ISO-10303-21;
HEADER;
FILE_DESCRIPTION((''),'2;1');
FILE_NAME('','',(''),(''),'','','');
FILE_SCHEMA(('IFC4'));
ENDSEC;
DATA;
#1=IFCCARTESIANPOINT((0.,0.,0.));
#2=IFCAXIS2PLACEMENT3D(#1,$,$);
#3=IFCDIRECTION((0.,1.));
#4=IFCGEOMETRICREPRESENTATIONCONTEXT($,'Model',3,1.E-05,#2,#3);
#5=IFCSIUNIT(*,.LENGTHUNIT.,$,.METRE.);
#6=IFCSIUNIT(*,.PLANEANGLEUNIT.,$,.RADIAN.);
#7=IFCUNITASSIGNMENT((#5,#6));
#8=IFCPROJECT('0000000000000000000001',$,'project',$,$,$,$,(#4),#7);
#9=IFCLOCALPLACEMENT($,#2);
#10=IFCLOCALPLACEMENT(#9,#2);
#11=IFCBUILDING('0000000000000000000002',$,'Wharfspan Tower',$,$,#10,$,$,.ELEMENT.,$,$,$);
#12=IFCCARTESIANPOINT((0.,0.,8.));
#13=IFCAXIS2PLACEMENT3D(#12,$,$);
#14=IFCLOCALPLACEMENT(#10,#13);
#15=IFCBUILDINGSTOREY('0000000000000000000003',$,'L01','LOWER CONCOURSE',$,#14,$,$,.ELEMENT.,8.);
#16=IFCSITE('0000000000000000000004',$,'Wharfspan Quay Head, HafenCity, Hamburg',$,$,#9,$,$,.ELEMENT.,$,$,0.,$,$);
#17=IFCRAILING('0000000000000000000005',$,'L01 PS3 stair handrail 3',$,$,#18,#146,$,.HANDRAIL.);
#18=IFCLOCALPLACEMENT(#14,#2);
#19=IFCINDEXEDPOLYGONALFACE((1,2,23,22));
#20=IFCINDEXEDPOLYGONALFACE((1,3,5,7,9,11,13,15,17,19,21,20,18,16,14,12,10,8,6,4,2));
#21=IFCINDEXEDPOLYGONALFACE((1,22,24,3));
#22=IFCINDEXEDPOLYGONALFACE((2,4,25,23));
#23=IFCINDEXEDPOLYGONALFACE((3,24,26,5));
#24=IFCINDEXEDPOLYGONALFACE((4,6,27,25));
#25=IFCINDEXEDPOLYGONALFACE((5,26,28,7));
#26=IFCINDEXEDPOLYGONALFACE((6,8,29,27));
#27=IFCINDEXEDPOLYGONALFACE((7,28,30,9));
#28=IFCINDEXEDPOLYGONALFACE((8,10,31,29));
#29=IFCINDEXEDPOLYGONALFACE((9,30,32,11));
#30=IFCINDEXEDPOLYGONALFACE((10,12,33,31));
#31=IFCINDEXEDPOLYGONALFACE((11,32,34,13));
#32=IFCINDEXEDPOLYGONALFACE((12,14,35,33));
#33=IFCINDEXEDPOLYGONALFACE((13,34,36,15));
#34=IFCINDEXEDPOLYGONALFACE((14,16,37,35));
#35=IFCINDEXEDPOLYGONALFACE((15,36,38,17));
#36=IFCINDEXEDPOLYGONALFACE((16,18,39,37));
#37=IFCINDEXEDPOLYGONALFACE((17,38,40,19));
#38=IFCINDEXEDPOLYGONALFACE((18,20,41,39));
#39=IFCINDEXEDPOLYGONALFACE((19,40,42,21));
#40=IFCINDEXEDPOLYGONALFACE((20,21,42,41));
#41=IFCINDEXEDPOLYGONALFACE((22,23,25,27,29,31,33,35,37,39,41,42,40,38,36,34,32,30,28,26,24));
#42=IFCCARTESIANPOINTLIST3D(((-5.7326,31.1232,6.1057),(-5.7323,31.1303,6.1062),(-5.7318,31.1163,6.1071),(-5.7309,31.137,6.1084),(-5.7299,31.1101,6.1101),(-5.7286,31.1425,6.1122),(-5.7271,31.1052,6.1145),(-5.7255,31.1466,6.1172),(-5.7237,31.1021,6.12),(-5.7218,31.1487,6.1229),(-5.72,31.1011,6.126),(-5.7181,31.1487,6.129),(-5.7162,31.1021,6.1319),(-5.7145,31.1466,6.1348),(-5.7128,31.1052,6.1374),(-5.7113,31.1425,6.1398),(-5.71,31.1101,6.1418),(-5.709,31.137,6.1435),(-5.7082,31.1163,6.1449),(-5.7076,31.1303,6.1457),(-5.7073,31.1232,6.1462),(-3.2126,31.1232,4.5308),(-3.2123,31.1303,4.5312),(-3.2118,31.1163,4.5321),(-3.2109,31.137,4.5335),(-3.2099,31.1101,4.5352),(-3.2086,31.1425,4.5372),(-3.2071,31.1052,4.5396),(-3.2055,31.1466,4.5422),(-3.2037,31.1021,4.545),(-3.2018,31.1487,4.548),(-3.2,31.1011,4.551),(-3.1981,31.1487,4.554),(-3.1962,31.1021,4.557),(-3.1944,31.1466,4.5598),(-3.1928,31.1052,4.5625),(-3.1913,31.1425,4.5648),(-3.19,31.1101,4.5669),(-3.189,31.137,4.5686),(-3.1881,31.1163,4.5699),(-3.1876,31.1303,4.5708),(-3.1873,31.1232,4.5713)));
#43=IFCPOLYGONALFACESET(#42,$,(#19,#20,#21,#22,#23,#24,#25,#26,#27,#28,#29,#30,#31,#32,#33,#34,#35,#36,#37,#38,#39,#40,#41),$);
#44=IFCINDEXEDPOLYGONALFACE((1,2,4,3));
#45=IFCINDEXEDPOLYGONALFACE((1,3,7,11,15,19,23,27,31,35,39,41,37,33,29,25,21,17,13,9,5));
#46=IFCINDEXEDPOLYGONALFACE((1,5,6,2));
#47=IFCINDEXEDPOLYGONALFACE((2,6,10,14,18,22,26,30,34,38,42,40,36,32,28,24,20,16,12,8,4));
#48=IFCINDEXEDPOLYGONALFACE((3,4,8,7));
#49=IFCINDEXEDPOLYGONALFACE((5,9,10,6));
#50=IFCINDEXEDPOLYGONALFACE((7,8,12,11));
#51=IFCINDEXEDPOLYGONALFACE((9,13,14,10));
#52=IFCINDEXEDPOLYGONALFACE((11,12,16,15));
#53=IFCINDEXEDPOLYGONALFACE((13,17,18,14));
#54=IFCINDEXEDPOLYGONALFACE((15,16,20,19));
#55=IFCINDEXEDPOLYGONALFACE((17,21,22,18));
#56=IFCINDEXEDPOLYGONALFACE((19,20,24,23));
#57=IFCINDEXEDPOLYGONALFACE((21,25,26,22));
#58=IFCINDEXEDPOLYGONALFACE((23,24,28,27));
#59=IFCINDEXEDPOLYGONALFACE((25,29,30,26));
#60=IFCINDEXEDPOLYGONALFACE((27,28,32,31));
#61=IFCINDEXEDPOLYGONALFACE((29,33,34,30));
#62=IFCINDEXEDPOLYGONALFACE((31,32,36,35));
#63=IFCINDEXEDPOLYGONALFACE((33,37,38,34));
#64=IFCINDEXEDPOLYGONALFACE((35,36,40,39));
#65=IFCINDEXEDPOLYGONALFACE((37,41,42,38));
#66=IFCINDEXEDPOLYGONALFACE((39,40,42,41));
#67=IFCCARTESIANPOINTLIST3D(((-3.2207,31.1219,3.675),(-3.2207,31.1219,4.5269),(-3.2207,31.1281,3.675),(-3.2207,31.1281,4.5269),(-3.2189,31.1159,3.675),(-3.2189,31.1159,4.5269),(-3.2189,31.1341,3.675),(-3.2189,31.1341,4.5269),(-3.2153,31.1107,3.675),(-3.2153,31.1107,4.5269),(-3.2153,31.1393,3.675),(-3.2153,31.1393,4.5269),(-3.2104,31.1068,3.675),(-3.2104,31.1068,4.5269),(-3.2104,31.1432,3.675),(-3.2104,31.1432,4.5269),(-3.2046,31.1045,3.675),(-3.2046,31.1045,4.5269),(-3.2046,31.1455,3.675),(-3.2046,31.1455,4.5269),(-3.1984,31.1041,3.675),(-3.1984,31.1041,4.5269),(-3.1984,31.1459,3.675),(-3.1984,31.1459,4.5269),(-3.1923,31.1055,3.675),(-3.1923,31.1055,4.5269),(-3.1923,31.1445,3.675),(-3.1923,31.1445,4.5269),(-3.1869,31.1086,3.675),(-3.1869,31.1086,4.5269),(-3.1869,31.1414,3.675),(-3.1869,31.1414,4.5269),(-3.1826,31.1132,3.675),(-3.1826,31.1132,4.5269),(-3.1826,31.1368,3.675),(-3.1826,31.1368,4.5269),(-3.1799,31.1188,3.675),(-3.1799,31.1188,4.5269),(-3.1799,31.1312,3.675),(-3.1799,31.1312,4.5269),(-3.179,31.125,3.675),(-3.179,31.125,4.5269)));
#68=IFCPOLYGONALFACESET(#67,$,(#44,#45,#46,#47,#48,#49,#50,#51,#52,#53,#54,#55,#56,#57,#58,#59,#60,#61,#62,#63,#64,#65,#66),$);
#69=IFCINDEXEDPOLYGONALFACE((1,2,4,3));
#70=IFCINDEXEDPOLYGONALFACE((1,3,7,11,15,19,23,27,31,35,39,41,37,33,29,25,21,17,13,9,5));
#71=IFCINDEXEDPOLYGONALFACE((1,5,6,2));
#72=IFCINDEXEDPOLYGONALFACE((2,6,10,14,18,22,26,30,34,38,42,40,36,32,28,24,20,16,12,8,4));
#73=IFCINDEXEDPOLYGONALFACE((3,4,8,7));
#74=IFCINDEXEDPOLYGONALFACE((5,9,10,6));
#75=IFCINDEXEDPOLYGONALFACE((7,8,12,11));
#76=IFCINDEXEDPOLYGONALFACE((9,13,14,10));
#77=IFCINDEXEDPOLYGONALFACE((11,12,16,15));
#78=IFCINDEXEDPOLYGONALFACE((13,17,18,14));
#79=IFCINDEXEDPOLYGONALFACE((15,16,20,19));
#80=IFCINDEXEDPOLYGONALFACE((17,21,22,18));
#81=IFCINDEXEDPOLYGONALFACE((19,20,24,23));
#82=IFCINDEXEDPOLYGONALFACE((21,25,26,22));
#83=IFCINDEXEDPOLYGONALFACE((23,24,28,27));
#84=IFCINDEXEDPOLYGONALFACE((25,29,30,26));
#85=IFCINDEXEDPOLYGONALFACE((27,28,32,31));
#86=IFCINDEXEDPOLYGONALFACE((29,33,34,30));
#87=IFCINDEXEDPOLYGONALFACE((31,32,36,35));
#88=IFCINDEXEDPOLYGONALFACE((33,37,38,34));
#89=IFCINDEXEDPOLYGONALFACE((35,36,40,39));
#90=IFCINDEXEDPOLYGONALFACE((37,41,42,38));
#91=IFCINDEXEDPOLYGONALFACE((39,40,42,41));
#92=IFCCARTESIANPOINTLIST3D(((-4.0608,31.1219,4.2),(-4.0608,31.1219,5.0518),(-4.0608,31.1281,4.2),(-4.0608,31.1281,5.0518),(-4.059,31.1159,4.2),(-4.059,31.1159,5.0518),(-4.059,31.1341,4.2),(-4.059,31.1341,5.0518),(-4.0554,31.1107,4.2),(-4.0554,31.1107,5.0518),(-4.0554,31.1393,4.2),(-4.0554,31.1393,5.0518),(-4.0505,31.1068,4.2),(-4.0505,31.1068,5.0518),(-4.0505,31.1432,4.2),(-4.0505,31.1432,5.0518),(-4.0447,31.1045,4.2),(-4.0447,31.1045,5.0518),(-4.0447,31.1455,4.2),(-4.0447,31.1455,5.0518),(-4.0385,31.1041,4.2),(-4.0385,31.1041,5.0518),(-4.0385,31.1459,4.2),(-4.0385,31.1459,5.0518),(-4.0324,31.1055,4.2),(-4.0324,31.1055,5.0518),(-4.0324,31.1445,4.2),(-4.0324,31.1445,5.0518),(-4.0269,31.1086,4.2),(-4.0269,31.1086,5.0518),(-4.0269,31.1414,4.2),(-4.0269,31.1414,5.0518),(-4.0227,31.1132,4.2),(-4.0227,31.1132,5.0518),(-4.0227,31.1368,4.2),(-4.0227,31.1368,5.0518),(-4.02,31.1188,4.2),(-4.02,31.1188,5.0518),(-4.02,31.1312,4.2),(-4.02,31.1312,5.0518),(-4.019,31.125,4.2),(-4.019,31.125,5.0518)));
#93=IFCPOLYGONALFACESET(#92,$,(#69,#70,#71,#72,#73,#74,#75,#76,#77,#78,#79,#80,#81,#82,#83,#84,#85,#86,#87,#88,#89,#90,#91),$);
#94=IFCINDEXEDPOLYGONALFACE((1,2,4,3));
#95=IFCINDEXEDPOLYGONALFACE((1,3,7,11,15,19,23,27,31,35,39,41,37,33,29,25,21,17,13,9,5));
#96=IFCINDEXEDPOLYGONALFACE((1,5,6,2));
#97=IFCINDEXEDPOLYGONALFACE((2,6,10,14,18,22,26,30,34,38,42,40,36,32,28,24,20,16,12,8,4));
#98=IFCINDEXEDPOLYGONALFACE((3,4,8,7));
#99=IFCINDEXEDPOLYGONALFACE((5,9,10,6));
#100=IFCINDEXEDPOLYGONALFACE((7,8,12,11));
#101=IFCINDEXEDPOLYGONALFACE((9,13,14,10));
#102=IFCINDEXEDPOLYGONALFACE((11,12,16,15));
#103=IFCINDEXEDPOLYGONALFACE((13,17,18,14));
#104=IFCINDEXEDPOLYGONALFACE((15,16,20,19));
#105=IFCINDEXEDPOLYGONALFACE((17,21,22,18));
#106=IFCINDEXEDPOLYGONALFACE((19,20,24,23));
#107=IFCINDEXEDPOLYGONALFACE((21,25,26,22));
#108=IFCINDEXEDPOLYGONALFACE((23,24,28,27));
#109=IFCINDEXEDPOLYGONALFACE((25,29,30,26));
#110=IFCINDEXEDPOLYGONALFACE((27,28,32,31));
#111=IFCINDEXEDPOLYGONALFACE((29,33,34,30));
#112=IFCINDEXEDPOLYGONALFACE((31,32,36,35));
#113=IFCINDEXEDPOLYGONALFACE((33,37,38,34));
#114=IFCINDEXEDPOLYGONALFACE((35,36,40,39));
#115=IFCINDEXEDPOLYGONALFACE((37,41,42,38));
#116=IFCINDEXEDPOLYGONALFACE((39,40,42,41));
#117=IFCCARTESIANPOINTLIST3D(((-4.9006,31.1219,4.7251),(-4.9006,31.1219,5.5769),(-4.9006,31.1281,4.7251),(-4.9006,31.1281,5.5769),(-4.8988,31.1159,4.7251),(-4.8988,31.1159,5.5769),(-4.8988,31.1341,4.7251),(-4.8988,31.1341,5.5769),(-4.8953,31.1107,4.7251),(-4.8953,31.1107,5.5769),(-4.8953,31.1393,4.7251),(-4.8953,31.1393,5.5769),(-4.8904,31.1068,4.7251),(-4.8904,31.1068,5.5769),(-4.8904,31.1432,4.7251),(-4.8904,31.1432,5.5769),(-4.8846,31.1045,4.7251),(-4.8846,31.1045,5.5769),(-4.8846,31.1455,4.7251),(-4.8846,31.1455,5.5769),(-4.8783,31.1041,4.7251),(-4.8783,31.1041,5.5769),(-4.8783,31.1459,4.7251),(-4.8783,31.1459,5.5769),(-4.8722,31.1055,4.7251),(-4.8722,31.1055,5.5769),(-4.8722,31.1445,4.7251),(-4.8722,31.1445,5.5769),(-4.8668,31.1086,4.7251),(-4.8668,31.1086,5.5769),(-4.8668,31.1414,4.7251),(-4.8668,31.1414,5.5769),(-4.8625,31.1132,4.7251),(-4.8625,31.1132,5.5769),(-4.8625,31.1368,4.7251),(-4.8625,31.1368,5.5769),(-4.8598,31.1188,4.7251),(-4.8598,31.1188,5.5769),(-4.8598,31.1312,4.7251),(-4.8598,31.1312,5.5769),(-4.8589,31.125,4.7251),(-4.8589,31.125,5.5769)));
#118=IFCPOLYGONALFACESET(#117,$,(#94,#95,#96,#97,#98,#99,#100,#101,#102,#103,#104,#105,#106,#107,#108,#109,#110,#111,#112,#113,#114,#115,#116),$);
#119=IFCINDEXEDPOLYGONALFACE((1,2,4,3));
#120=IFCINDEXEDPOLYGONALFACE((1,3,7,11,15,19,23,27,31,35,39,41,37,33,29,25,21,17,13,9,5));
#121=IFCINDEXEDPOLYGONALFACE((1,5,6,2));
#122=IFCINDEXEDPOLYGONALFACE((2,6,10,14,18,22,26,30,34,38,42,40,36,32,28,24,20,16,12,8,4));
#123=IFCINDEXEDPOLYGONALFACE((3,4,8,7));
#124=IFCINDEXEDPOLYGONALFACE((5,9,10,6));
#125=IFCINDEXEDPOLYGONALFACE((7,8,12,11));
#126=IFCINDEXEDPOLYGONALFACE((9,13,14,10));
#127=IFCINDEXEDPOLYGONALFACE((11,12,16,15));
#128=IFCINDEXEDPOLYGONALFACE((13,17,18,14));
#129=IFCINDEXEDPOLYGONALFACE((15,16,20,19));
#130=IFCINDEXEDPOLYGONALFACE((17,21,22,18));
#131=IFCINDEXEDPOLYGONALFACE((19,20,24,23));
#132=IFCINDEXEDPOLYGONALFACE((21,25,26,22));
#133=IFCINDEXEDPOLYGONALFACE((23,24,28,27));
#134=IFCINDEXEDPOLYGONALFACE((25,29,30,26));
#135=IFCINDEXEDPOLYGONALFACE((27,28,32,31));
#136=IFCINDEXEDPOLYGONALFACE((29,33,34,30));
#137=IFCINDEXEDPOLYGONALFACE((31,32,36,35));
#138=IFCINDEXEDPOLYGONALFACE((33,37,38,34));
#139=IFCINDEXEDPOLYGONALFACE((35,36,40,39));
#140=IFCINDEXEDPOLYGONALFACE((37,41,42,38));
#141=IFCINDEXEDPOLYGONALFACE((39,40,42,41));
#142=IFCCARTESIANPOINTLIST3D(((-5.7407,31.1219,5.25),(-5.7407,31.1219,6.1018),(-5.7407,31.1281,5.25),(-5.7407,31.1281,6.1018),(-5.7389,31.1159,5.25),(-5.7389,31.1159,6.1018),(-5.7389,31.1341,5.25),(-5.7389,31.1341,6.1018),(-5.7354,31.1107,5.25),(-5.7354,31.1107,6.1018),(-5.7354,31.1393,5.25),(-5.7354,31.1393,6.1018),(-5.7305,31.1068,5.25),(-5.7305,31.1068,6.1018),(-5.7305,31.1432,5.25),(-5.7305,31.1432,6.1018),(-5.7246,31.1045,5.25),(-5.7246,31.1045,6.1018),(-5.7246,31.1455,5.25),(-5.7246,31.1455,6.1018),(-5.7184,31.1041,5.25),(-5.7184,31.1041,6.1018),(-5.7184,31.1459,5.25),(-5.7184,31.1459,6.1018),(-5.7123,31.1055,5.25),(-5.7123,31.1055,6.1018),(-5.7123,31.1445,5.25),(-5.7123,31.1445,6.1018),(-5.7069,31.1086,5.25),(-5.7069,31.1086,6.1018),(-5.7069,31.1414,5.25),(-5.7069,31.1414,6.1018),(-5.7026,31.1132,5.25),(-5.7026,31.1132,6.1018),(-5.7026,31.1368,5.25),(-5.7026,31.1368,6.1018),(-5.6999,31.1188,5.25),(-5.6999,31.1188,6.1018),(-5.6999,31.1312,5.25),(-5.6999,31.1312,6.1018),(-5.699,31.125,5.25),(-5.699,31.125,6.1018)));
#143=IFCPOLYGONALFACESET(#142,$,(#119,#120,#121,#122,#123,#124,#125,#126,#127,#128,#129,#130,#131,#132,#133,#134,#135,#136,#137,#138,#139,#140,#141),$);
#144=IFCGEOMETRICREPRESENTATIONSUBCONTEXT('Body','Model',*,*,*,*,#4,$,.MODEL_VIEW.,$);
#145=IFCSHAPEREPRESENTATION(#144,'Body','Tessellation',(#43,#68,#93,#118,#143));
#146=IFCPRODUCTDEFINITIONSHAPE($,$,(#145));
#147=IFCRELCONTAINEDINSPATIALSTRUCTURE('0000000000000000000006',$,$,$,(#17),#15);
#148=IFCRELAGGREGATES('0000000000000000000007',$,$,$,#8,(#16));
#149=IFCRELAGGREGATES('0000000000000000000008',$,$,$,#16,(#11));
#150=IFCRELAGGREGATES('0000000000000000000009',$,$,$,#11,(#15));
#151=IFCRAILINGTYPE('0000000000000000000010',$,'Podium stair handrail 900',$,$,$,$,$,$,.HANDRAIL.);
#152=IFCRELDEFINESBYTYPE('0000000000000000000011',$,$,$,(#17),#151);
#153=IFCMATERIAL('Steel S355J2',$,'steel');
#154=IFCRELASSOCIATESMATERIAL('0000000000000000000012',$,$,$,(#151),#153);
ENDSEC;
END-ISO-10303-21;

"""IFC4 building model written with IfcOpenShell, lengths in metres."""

from ifc_helpers import new_model, si_unit, direction, frame, origin, origin_2d, place, context, subcontext, project, spatial, circle, extrude, material, type_object, element, save


model = new_model("IFC4")

# Units and contexts
model_context = context("Model", 3, precision=1e-05, world=origin(), true_north=direction((0.0, 1.0)))
body_context = subcontext(model_context, "Body", "Model", "MODEL_VIEW")
ifc_project = project(units=[si_unit("LENGTHUNIT", "METRE"), si_unit("PLANEANGLEUNIT", "RADIAN")], contexts=[model_context])

# Site, building, storey
site_placement = place(None, origin())
site = spatial("IfcSite", under=ifc_project, at=site_placement, Name="Wharfspan Quay Head, HafenCity, Hamburg", CompositionType="ELEMENT", RefElevation=0.0)
building_placement = place(site_placement, origin())
building = spatial("IfcBuilding", under=site, at=building_placement, Name="Wharfspan Tower", CompositionType="ELEMENT")
storey_placement = place(building_placement, frame((0.0, 0.0, 8.0)))
storey = spatial("IfcBuildingStorey", under=building, at=storey_placement, Name="L01", Description="LOWER CONCOURSE", CompositionType="ELEMENT", Elevation=8.0)

# Railing
ifc_material_1 = material(Name="Steel S355J2", Category="steel")
railing_type_1 = type_object("IfcRailingType", Name="Podium stair handrail 900", PredefinedType="HANDRAIL", material=ifc_material_1)
for number, where, name in (
    (1, (-3.2, 31.125, 3.675), "L01 PS3 stair handrail 3"),
):
    element("IfcRailing", number, at=place(storey_placement, frame(where)), inside=storey, type_object=railing_type_1, Name=name, PredefinedType="HANDRAIL", context=body_context, shape_type="SweptSolid", body=[
        extrude(circle(Radius=0.0239, at=origin_2d()), frame((0.0, 0.0, 0.876), z_axis=(-0.848008, 0.0, 0.529984), x_axis=(0.0, -1.0, 0.0)), (0.0, 0.0, 1.0), 2.9717),
        extrude(circle(Radius=0.021, at=origin_2d()), origin(), (0.0, 0.0, 1.0), 0.8518),
        extrude(circle(Radius=0.021, at=origin_2d()), frame((-0.8401, 0.0, 0.5249)), (0.0, 0.0, 1.0), 0.8518),
        extrude(circle(Radius=0.021, at=origin_2d()), frame((-1.6799, 0.0, 1.05)), (0.0, 0.0, 1.0), 0.8518),
        extrude(circle(Radius=0.021, at=origin_2d()), frame((-2.52, 0.0, 1.575)), (0.0, 0.0, 1.0), 0.8518),
    ])

save(model, "model.ifc")
